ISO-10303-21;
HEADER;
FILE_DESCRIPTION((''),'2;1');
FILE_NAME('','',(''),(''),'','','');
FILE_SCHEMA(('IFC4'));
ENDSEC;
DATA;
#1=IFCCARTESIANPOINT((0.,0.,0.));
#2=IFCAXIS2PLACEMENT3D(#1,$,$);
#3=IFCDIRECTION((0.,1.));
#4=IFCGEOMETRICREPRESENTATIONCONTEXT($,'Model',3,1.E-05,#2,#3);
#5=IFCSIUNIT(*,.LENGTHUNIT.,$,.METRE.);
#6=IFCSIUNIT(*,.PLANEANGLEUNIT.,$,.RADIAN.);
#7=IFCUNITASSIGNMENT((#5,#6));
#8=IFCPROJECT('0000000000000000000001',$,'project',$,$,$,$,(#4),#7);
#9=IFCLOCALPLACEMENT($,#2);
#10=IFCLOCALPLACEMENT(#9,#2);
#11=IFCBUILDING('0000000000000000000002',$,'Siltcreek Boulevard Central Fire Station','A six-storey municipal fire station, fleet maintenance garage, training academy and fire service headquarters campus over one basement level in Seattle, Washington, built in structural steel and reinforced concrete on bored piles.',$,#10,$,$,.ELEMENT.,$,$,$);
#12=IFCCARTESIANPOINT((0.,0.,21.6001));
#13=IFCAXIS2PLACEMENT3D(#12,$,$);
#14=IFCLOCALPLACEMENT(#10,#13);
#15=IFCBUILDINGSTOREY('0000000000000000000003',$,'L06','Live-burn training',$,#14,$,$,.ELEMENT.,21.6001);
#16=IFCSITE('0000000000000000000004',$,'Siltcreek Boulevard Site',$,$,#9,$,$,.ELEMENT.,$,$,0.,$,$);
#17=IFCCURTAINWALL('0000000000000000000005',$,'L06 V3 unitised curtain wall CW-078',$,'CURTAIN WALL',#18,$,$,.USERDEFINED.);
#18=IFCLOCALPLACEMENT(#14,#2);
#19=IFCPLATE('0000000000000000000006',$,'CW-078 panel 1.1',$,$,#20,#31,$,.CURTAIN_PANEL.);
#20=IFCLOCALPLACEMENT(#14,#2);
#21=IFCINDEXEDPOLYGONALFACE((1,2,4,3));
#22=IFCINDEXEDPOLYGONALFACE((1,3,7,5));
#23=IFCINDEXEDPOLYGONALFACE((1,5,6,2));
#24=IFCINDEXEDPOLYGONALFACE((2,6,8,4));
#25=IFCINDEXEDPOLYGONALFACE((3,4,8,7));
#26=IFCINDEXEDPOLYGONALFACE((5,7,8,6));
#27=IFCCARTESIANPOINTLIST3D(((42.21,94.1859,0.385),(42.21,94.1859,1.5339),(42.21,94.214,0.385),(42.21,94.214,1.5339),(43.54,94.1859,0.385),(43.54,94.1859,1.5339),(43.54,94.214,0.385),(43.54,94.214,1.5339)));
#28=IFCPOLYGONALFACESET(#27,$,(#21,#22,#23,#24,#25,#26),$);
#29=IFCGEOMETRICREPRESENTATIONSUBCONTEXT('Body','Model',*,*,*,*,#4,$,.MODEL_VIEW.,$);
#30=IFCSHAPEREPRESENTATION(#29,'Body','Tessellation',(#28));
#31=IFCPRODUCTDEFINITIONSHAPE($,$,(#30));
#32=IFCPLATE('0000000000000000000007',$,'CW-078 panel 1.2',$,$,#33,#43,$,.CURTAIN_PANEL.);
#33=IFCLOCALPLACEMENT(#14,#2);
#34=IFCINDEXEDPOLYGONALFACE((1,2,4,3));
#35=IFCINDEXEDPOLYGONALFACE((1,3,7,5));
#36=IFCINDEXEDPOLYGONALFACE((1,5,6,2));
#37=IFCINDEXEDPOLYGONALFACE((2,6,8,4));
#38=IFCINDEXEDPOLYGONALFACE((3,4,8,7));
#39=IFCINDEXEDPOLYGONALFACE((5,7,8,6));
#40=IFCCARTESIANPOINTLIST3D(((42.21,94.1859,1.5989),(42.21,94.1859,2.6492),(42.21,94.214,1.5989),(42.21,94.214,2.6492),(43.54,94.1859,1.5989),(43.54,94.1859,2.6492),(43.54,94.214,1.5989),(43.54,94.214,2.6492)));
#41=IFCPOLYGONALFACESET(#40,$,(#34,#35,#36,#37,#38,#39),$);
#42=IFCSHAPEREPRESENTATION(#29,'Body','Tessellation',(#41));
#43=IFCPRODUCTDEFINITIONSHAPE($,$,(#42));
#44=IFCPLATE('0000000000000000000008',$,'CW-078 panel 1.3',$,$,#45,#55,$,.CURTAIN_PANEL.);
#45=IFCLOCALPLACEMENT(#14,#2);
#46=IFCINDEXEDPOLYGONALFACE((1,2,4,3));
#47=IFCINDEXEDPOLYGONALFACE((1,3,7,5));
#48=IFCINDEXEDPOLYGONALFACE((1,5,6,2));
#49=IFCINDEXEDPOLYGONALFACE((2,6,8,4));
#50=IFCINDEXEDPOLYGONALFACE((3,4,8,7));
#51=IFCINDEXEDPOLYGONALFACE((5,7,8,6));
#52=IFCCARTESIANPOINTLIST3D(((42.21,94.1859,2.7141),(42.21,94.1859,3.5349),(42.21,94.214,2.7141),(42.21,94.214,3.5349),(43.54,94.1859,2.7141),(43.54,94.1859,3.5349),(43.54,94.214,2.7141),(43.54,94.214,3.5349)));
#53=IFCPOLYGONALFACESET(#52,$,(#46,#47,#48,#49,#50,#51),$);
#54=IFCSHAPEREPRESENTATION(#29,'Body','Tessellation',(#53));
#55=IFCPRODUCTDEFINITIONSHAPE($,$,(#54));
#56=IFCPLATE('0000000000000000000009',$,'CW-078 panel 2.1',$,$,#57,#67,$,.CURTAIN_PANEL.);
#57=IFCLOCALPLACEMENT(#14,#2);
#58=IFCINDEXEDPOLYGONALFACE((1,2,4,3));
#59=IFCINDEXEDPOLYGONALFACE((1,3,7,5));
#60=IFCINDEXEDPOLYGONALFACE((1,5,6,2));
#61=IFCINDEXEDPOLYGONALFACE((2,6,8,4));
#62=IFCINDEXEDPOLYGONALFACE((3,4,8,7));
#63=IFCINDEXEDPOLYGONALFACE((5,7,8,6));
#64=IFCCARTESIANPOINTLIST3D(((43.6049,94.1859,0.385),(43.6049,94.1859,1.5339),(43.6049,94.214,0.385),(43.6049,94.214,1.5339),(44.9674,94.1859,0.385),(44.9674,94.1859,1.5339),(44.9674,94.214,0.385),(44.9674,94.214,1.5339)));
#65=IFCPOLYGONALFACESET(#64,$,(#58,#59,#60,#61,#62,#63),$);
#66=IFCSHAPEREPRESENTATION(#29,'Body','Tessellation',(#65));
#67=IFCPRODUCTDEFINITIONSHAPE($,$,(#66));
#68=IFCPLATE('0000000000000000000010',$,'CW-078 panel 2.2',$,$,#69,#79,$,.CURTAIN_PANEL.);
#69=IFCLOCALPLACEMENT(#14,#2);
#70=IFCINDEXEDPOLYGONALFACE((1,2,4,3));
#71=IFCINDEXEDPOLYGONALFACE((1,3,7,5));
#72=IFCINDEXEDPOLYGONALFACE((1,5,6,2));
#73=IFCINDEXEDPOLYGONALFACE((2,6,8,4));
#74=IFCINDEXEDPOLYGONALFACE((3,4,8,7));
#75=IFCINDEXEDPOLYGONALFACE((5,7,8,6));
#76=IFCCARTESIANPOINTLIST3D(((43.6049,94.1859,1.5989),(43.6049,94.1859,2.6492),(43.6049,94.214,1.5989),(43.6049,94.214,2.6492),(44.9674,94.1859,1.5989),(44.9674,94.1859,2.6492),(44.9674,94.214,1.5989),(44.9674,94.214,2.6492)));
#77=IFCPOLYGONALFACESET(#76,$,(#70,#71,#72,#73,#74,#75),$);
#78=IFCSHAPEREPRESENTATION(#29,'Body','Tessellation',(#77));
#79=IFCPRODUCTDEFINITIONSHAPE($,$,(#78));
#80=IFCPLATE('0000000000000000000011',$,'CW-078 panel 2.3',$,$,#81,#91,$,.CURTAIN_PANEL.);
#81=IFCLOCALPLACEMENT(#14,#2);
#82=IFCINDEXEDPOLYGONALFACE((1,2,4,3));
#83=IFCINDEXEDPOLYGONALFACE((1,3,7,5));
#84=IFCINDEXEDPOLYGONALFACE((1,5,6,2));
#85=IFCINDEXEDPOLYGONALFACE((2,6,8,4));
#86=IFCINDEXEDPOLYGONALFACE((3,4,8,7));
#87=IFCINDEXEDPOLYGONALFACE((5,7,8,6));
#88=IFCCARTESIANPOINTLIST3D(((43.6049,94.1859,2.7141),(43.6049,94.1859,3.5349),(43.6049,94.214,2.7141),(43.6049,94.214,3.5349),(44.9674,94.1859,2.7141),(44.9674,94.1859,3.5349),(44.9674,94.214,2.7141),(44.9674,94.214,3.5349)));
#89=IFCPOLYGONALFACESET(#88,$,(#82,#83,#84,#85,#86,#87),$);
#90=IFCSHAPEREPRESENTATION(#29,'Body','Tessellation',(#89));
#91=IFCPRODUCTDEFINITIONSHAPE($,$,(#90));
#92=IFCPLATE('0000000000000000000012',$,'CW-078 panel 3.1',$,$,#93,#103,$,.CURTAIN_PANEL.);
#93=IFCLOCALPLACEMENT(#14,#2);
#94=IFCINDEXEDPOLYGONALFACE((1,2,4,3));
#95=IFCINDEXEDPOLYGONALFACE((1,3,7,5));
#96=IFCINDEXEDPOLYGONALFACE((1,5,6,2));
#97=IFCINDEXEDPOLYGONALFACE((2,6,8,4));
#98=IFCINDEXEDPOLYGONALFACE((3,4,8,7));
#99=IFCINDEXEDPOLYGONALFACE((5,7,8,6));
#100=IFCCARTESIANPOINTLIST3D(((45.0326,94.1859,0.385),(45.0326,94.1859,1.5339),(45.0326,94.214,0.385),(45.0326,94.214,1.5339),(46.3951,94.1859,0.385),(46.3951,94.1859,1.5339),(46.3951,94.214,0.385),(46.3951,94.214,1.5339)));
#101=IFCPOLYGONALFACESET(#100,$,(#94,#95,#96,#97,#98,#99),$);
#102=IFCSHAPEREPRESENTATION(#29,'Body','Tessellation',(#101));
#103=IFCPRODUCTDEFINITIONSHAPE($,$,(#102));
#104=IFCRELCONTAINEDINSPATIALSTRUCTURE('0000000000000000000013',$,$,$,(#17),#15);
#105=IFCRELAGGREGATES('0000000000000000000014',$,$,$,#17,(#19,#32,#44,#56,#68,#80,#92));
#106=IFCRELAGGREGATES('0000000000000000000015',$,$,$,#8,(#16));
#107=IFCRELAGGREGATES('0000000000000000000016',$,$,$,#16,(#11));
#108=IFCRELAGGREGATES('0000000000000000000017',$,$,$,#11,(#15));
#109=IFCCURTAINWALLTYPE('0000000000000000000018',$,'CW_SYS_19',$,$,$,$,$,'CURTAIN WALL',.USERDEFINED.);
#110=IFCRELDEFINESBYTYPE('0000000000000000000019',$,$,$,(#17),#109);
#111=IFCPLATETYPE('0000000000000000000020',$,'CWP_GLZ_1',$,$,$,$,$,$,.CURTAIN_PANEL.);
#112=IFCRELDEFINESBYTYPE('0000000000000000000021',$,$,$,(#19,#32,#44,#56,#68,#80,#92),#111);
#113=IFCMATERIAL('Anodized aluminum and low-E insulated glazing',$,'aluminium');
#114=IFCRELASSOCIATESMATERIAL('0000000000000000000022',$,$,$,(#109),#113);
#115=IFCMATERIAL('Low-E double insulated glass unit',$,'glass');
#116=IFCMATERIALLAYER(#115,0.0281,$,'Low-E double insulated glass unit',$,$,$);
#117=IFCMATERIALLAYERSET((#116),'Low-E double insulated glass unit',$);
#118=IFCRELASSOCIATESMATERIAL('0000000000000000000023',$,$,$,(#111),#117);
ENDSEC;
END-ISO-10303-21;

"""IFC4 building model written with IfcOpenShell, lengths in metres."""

from ifc_helpers import new_model, si_unit, direction, frame, origin, origin_2d, place, context, subcontext, project, spatial, rectangle, extrude, material, layer, layer_set, type_object, element, aggregate, save


model = new_model("IFC4")

# Units and contexts
model_context = context("Model", 3, precision=1e-05, world=origin(), true_north=direction((0.0, 1.0)))
body_context = subcontext(model_context, "Body", "Model", "MODEL_VIEW")
ifc_project = project(units=[si_unit("LENGTHUNIT", "METRE"), si_unit("PLANEANGLEUNIT", "RADIAN")], contexts=[model_context])

# Site, building, storey
site_placement = place(None, origin())
site = spatial("IfcSite", under=ifc_project, at=site_placement, Name="Siltcreek Boulevard Site", CompositionType="ELEMENT", RefElevation=0.0)
building_placement = place(site_placement, origin())
building = spatial("IfcBuilding", under=site, at=building_placement, Name="Siltcreek Boulevard Central Fire Station", Description="A six-storey municipal fire station, fleet maintenance garage, training academy and fire service headquarters campus over one basement level in Seattle, Washington, built in structural steel and reinforced concrete on bored piles.", CompositionType="ELEMENT")
storey_placement = place(building_placement, frame((0.0, 0.0, 21.6001)))
storey = spatial("IfcBuildingStorey", under=building, at=storey_placement, Name="L06", Description="Live-burn training", CompositionType="ELEMENT", Elevation=21.6001)

# Curtain wall, plates
ifc_material_1 = material(Name="Anodized aluminum and low-E insulated glazing", Category="aluminium")
curtain_wall_type = type_object("IfcCurtainWallType", Name="CW_SYS_19", ElementType="CURTAIN WALL", PredefinedType="USERDEFINED", material=ifc_material_1)
curtain_wall_placement = place(storey_placement, origin())
curtain_wall = element("IfcCurtainWall", 1, at=curtain_wall_placement, inside=storey, type_object=curtain_wall_type, Name="L06 V3 unitised curtain wall CW-078", ObjectType="CURTAIN WALL", PredefinedType="USERDEFINED")
ifc_material_2 = material(Name="Low-E double insulated glass unit", Category="glass")
ifc_layer = layer(ifc_material_2, 0.0281, Name="Low-E double insulated glass unit")
ifc_layer_set = layer_set([ifc_layer], Name="Low-E double insulated glass unit")
plate_type = type_object("IfcPlateType", Name="CWP_GLZ_1", PredefinedType="CURTAIN_PANEL", material=ifc_layer_set)
plate_1_placement = place(storey_placement, frame((42.875, 94.2, 0.385), z_axis=(0.0, 0.0, 1.0), x_axis=(1.0, 0.0, 0.0)))
plate_1 = element("IfcPlate", 2, at=plate_1_placement, type_object=plate_type, Name="CW-078 panel 1.1", PredefinedType="CURTAIN_PANEL", context=body_context, shape_type="SweptSolid", body=[
    extrude(rectangle(XDim=1.3301, YDim=0.0281, at=origin_2d()), origin(), (0.0, 0.0, 1.0), 1.1489),
])
plate_2_placement = place(storey_placement, frame((42.875, 94.2, 1.5989), z_axis=(0.0, 0.0, 1.0), x_axis=(1.0, 0.0, 0.0)))
plate_2 = element("IfcPlate", 3, at=plate_2_placement, type_object=plate_type, Name="CW-078 panel 1.2", PredefinedType="CURTAIN_PANEL", context=body_context, shape_type="SweptSolid", body=[
    extrude(rectangle(XDim=1.3301, YDim=0.0281, at=origin_2d()), origin(), (0.0, 0.0, 1.0), 1.0503),
])
plate_3_placement = place(storey_placement, frame((42.875, 94.2, 2.7141), z_axis=(0.0, 0.0, 1.0), x_axis=(1.0, 0.0, 0.0)))
plate_3 = element("IfcPlate", 4, at=plate_3_placement, type_object=plate_type, Name="CW-078 panel 1.3", PredefinedType="CURTAIN_PANEL", context=body_context, shape_type="SweptSolid", body=[
    extrude(rectangle(XDim=1.3301, YDim=0.0281, at=origin_2d()), origin(), (0.0, 0.0, 1.0), 0.8208),
])
plate_4_placement = place(storey_placement, frame((44.2861, 94.2, 0.385), z_axis=(0.0, 0.0, 1.0), x_axis=(1.0, 0.0, 0.0)))
plate_4 = element("IfcPlate", 5, at=plate_4_placement, type_object=plate_type, Name="CW-078 panel 2.1", PredefinedType="CURTAIN_PANEL", context=body_context, shape_type="SweptSolid", body=[
    extrude(rectangle(XDim=1.3625, YDim=0.0281, at=origin_2d()), origin(), (0.0, 0.0, 1.0), 1.1489),
])
plate_5_placement = place(storey_placement, frame((44.2861, 94.2, 1.5989), z_axis=(0.0, 0.0, 1.0), x_axis=(1.0, 0.0, 0.0)))
plate_5 = element("IfcPlate", 6, at=plate_5_placement, type_object=plate_type, Name="CW-078 panel 2.2", PredefinedType="CURTAIN_PANEL", context=body_context, shape_type="SweptSolid", body=[
    extrude(rectangle(XDim=1.3625, YDim=0.0281, at=origin_2d()), origin(), (0.0, 0.0, 1.0), 1.0503),
])
plate_6_placement = place(storey_placement, frame((44.2861, 94.2, 2.7141), z_axis=(0.0, 0.0, 1.0), x_axis=(1.0, 0.0, 0.0)))
plate_6 = element("IfcPlate", 7, at=plate_6_placement, type_object=plate_type, Name="CW-078 panel 2.3", PredefinedType="CURTAIN_PANEL", context=body_context, shape_type="SweptSolid", body=[
    extrude(rectangle(XDim=1.3625, YDim=0.0281, at=origin_2d()), origin(), (0.0, 0.0, 1.0), 0.8208),
])
plate_7_placement = place(storey_placement, frame((45.7139, 94.2, 0.385), z_axis=(0.0, 0.0, 1.0), x_axis=(1.0, 0.0, 0.0)))
plate_7 = element("IfcPlate", 8, at=plate_7_placement, type_object=plate_type, Name="CW-078 panel 3.1", PredefinedType="CURTAIN_PANEL", context=body_context, shape_type="SweptSolid", body=[
    extrude(rectangle(XDim=1.3625, YDim=0.0281, at=origin_2d()), origin(), (0.0, 0.0, 1.0), 1.1489),
])
aggregate(curtain_wall, [plate_1, plate_2, plate_3, plate_4, plate_5, plate_6, plate_7])

save(model, "model.ifc")
